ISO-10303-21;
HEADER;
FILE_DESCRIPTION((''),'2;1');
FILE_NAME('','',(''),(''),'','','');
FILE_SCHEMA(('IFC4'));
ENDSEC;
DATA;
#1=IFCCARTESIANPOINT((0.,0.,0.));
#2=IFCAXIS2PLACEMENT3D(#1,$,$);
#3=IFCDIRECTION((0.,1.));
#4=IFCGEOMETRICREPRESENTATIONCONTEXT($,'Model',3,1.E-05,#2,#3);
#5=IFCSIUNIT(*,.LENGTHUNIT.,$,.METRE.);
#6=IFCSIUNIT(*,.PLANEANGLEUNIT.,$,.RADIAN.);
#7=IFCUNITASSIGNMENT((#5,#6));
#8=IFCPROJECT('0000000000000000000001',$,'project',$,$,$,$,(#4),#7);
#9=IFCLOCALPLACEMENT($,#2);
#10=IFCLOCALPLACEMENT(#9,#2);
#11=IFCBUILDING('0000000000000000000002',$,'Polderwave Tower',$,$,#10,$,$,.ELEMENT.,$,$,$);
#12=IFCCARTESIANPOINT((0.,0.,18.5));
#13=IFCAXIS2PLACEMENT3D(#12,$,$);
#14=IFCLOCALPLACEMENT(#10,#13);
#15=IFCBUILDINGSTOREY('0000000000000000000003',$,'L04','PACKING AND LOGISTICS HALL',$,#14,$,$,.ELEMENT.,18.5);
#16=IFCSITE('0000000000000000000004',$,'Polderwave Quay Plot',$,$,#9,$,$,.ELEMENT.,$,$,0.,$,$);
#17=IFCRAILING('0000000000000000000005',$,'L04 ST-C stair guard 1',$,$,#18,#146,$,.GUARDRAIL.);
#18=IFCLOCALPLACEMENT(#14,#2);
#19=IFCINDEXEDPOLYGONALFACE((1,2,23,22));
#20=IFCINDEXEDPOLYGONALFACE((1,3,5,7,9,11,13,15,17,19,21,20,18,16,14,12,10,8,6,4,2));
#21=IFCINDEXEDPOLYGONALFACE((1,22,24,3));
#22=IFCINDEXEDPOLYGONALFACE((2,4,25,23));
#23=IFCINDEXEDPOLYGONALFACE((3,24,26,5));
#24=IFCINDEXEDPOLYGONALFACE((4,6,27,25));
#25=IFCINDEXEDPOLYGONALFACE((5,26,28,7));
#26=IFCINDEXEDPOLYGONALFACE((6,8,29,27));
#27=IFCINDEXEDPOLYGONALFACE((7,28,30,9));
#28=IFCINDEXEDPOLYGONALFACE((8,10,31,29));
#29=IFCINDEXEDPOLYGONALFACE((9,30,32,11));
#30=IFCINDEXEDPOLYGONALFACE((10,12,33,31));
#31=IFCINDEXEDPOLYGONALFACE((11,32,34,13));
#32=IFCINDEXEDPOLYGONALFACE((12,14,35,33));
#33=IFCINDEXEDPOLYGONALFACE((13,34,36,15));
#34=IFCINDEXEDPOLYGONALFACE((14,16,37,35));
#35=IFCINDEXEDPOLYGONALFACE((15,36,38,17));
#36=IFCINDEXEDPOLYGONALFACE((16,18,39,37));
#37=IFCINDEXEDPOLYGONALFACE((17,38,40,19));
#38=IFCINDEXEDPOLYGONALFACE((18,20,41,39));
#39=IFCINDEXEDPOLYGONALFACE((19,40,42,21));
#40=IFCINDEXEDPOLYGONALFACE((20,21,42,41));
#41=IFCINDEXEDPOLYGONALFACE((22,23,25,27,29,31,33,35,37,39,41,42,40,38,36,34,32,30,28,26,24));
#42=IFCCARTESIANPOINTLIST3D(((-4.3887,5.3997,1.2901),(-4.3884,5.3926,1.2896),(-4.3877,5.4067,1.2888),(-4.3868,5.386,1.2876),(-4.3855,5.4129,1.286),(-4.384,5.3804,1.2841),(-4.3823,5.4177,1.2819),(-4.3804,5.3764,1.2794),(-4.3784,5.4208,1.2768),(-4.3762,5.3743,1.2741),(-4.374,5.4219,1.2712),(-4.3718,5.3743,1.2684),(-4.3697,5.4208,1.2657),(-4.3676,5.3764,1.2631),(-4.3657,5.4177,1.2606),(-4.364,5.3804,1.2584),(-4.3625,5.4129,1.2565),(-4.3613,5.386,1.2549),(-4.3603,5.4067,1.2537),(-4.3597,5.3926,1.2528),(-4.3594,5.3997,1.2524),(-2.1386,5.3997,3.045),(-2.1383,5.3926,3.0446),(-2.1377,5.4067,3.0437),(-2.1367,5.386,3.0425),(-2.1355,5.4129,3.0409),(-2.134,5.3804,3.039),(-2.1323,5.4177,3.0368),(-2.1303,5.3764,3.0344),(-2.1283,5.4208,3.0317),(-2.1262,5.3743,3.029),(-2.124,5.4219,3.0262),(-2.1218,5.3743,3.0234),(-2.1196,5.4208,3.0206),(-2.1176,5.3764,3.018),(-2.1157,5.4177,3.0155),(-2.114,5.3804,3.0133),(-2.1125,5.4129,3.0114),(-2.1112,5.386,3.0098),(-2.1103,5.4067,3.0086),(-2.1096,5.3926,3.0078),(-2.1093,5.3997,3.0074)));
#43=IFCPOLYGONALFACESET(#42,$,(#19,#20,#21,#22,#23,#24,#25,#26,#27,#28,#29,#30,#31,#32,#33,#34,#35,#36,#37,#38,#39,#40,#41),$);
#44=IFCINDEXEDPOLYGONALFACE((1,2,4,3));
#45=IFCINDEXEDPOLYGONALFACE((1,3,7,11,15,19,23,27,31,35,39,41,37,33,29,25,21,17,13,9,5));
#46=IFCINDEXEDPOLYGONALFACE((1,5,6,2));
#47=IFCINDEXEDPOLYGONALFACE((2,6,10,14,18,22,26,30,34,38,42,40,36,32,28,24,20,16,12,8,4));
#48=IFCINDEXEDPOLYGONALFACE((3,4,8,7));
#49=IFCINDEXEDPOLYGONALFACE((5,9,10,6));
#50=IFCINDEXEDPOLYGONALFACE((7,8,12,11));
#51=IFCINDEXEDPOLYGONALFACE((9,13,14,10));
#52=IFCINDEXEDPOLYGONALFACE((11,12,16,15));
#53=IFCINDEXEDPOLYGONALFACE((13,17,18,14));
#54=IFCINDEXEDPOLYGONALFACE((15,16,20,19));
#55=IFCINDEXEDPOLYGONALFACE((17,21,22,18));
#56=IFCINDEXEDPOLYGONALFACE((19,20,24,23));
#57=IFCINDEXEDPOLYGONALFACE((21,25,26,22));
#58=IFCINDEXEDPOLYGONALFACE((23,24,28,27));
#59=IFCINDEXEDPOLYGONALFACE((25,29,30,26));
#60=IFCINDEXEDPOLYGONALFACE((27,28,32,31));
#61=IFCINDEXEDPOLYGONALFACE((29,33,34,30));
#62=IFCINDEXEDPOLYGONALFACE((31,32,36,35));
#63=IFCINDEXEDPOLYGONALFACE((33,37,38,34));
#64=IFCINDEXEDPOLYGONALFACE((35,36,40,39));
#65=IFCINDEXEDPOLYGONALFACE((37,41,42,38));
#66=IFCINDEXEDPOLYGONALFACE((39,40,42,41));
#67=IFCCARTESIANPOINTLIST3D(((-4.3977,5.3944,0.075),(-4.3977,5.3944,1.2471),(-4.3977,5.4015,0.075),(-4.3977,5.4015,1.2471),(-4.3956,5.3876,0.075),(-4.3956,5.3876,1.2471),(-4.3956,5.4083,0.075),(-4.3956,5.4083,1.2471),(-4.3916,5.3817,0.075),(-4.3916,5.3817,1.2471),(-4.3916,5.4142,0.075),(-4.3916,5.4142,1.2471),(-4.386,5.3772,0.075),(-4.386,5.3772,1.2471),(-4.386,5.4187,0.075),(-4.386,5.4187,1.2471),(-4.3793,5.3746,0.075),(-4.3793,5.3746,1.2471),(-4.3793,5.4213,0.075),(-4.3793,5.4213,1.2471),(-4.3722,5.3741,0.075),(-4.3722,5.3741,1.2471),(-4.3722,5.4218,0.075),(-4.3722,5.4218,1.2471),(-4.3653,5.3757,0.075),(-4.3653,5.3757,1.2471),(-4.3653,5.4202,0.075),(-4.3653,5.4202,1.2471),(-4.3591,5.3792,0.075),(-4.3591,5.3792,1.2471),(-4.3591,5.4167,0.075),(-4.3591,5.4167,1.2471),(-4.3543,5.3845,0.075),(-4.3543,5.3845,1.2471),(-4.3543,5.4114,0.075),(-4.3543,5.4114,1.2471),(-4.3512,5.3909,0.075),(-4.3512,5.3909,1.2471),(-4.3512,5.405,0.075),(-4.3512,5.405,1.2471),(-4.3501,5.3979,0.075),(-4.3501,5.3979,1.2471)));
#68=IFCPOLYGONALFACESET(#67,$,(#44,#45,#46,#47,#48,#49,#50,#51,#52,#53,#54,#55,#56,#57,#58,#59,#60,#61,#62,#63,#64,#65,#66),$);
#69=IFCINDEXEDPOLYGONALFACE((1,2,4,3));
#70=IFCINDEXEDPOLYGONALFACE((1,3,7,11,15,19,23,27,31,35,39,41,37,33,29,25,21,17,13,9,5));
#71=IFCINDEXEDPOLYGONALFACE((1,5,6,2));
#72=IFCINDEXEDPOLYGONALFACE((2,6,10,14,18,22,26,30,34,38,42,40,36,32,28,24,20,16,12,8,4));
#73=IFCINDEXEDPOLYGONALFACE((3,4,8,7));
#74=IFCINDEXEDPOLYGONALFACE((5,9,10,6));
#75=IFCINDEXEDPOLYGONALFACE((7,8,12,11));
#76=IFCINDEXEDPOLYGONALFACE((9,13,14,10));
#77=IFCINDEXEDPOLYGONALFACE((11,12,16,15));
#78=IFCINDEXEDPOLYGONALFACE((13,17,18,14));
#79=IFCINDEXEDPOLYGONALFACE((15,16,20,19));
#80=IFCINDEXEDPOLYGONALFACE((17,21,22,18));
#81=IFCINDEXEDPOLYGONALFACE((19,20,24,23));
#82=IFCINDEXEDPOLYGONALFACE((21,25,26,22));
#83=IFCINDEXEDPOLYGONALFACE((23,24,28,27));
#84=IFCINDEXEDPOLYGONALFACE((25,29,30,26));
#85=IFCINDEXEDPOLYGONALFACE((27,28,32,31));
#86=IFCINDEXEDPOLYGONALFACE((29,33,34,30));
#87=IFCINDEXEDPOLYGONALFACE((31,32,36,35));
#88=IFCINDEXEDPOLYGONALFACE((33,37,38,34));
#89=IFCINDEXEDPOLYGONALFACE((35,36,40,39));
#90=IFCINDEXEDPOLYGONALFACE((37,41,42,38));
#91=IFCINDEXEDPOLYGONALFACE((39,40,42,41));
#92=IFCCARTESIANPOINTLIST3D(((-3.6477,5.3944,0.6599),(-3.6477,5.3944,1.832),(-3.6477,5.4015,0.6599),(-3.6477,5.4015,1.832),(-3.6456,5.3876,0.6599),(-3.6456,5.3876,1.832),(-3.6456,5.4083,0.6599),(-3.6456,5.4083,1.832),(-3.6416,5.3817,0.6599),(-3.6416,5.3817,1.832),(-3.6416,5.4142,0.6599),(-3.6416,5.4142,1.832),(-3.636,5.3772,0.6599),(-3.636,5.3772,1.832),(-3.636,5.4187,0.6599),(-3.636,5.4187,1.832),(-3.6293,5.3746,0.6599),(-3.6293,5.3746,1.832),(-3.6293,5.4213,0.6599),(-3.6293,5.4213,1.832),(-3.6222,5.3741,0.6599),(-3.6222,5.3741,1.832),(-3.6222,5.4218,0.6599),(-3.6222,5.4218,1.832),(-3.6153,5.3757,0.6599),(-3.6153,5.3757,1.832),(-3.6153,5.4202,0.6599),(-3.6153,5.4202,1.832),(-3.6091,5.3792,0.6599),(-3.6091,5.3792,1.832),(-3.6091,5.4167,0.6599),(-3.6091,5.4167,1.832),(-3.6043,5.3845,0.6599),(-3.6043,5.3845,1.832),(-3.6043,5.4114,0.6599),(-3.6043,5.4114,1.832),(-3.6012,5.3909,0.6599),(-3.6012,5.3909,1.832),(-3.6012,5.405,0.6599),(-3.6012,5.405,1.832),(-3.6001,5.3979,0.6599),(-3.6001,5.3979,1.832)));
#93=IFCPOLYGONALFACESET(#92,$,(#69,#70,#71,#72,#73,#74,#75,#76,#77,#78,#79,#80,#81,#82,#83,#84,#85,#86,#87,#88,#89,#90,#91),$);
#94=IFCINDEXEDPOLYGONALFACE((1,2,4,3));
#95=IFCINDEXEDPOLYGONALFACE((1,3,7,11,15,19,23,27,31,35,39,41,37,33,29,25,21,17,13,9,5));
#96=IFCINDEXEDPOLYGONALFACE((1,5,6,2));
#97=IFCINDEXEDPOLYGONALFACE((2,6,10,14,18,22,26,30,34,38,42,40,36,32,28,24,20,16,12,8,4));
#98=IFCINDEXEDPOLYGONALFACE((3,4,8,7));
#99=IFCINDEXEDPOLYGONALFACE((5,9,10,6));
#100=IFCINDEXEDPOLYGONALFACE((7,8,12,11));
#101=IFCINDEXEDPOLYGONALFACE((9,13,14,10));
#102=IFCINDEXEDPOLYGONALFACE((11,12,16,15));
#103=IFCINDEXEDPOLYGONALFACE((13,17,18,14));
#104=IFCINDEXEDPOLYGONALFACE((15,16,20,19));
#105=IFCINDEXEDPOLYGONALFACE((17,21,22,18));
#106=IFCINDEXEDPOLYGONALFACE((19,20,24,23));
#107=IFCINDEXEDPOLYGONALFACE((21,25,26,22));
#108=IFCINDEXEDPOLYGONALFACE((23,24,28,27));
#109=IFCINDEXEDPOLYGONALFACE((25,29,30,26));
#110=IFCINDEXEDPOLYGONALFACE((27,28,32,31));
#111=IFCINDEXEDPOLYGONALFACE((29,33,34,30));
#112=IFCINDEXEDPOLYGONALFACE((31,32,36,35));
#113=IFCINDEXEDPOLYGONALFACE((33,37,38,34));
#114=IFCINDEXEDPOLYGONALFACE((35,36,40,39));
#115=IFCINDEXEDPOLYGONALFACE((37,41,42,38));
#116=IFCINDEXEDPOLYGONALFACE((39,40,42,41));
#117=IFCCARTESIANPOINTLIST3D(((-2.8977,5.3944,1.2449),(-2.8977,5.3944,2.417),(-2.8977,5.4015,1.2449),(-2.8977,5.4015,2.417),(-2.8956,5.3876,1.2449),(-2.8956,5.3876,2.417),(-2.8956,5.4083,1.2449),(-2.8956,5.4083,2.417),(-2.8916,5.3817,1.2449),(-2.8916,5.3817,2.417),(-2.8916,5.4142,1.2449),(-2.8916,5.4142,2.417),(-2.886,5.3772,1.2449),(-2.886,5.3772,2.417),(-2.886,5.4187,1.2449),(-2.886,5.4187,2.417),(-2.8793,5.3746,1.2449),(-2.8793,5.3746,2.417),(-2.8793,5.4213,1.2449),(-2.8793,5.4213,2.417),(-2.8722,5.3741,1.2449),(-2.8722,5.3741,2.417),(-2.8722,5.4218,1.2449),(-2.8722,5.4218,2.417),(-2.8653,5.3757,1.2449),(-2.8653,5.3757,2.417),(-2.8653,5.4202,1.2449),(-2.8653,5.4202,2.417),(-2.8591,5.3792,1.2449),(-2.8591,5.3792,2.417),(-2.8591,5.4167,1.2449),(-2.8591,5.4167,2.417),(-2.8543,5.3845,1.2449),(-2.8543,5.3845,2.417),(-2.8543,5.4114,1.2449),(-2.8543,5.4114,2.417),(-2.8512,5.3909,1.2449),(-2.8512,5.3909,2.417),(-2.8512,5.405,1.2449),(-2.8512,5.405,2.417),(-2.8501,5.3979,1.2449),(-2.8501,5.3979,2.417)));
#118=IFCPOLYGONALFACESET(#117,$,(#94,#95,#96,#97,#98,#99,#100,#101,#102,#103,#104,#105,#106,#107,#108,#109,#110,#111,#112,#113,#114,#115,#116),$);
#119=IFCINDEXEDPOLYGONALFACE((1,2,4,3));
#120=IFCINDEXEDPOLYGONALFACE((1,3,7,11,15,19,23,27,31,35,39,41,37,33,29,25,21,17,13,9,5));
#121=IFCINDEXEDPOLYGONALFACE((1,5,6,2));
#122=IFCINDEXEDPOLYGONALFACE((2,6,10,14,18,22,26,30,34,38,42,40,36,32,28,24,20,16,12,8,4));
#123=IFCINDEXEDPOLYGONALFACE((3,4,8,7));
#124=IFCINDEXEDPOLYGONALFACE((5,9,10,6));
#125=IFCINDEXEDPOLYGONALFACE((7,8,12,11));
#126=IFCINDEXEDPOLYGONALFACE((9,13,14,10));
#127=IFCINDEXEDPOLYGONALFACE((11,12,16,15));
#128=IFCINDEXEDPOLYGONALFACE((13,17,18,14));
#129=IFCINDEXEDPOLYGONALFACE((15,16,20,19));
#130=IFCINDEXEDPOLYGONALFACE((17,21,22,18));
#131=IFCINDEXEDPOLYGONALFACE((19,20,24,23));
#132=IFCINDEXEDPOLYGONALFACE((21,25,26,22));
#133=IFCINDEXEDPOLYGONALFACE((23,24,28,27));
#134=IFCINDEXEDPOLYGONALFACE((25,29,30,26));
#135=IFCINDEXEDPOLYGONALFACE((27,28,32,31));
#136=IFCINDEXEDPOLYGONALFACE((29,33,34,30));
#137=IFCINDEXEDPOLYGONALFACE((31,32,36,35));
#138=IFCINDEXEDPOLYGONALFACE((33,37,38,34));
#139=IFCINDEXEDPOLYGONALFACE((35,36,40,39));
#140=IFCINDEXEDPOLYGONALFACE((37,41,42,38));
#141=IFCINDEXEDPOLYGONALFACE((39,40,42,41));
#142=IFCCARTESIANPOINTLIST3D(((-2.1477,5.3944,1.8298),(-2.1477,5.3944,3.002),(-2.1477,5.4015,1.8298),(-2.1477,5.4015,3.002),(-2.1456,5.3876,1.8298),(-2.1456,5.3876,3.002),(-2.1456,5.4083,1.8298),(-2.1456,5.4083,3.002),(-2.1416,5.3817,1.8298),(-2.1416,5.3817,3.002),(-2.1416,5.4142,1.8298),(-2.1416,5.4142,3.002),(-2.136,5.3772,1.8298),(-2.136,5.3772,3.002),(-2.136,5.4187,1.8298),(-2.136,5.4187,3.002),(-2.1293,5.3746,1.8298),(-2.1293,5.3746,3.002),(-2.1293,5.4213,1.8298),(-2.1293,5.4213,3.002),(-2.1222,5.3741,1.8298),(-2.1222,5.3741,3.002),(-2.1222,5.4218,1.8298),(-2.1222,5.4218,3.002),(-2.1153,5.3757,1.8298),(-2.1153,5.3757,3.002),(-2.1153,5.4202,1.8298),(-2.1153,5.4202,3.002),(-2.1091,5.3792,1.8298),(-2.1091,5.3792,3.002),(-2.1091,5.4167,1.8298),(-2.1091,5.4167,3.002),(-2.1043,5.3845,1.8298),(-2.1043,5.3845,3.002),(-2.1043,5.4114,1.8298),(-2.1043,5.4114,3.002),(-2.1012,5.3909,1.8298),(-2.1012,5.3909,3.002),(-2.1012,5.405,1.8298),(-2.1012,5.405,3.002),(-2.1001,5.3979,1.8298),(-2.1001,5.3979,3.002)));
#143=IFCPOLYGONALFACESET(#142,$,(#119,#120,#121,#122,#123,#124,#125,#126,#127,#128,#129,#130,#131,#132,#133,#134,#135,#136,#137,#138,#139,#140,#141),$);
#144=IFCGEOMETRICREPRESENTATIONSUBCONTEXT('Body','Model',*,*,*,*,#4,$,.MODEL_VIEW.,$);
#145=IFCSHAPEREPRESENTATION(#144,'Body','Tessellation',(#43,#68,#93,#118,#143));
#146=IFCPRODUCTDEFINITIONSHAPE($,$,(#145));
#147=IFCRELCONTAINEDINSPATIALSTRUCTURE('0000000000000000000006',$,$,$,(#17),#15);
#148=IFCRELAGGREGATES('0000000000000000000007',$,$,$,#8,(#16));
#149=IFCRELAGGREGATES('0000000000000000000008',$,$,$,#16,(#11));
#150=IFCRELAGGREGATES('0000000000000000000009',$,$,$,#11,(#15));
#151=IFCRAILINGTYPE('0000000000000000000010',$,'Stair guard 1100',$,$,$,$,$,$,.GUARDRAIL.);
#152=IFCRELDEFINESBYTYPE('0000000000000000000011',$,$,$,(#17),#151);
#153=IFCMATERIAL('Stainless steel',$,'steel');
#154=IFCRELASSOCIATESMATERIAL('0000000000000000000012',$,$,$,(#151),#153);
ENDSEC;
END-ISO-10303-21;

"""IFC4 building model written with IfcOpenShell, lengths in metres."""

from ifc_helpers import new_model, si_unit, direction, frame, origin, origin_2d, place, context, subcontext, project, spatial, circle, extrude, material, type_object, element, save


model = new_model("IFC4")

# Units and contexts
model_context = context("Model", 3, precision=1e-05, world=origin(), true_north=direction((0.0, 1.0)))
body_context = subcontext(model_context, "Body", "Model", "MODEL_VIEW")
ifc_project = project(units=[si_unit("LENGTHUNIT", "METRE"), si_unit("PLANEANGLEUNIT", "RADIAN")], contexts=[model_context])

# Site, building, storey
site_placement = place(None, origin())
site = spatial("IfcSite", under=ifc_project, at=site_placement, Name="Polderwave Quay Plot", CompositionType="ELEMENT", RefElevation=0.0)
building_placement = place(site_placement, origin())
building = spatial("IfcBuilding", under=site, at=building_placement, Name="Polderwave Tower", CompositionType="ELEMENT")
storey_placement = place(building_placement, frame((0.0, 0.0, 18.5)))
storey = spatial("IfcBuildingStorey", under=building, at=storey_placement, Name="L04", Description="PACKING AND LOGISTICS HALL", CompositionType="ELEMENT", Elevation=18.5)

# Railing
ifc_material_1 = material(Name="Stainless steel", Category="steel")
railing_type_1 = type_object("IfcRailingType", Name="Stair guard 1100", PredefinedType="GUARDRAIL", material=ifc_material_1)
railing_1_placement = place(storey_placement, frame((-4.374, 5.3979, 0.075)))
element("IfcRailing", 1, at=railing_1_placement, inside=storey, type_object=railing_type_1, Name="L04 ST-C stair guard 1", PredefinedType="GUARDRAIL", context=body_context, shape_type="SweptSolid", body=[
    extrude(circle(Radius=0.0239, at=origin_2d()), frame((0.0, 0.0, 1.1963), z_axis=(0.788522, 0.0, 0.615006), x_axis=(0.0, 1.0, 0.0)), (0.0, 0.0, 1.0), 2.8535),
    extrude(circle(Radius=0.0239, at=origin_2d()), origin(), (0.0, 0.0, 1.0), 1.1721),
    extrude(circle(Radius=0.0239, at=origin_2d()), frame((0.75, 0.0, 0.585)), (0.0, 0.0, 1.0), 1.1721),
    extrude(circle(Radius=0.0239, at=origin_2d()), frame((1.5, 0.0, 1.1699)), (0.0, 0.0, 1.0), 1.1721),
    extrude(circle(Radius=0.0239, at=origin_2d()), frame((2.25, 0.0, 1.7549)), (0.0, 0.0, 1.0), 1.1721),
])

save(model, "model.ifc")
